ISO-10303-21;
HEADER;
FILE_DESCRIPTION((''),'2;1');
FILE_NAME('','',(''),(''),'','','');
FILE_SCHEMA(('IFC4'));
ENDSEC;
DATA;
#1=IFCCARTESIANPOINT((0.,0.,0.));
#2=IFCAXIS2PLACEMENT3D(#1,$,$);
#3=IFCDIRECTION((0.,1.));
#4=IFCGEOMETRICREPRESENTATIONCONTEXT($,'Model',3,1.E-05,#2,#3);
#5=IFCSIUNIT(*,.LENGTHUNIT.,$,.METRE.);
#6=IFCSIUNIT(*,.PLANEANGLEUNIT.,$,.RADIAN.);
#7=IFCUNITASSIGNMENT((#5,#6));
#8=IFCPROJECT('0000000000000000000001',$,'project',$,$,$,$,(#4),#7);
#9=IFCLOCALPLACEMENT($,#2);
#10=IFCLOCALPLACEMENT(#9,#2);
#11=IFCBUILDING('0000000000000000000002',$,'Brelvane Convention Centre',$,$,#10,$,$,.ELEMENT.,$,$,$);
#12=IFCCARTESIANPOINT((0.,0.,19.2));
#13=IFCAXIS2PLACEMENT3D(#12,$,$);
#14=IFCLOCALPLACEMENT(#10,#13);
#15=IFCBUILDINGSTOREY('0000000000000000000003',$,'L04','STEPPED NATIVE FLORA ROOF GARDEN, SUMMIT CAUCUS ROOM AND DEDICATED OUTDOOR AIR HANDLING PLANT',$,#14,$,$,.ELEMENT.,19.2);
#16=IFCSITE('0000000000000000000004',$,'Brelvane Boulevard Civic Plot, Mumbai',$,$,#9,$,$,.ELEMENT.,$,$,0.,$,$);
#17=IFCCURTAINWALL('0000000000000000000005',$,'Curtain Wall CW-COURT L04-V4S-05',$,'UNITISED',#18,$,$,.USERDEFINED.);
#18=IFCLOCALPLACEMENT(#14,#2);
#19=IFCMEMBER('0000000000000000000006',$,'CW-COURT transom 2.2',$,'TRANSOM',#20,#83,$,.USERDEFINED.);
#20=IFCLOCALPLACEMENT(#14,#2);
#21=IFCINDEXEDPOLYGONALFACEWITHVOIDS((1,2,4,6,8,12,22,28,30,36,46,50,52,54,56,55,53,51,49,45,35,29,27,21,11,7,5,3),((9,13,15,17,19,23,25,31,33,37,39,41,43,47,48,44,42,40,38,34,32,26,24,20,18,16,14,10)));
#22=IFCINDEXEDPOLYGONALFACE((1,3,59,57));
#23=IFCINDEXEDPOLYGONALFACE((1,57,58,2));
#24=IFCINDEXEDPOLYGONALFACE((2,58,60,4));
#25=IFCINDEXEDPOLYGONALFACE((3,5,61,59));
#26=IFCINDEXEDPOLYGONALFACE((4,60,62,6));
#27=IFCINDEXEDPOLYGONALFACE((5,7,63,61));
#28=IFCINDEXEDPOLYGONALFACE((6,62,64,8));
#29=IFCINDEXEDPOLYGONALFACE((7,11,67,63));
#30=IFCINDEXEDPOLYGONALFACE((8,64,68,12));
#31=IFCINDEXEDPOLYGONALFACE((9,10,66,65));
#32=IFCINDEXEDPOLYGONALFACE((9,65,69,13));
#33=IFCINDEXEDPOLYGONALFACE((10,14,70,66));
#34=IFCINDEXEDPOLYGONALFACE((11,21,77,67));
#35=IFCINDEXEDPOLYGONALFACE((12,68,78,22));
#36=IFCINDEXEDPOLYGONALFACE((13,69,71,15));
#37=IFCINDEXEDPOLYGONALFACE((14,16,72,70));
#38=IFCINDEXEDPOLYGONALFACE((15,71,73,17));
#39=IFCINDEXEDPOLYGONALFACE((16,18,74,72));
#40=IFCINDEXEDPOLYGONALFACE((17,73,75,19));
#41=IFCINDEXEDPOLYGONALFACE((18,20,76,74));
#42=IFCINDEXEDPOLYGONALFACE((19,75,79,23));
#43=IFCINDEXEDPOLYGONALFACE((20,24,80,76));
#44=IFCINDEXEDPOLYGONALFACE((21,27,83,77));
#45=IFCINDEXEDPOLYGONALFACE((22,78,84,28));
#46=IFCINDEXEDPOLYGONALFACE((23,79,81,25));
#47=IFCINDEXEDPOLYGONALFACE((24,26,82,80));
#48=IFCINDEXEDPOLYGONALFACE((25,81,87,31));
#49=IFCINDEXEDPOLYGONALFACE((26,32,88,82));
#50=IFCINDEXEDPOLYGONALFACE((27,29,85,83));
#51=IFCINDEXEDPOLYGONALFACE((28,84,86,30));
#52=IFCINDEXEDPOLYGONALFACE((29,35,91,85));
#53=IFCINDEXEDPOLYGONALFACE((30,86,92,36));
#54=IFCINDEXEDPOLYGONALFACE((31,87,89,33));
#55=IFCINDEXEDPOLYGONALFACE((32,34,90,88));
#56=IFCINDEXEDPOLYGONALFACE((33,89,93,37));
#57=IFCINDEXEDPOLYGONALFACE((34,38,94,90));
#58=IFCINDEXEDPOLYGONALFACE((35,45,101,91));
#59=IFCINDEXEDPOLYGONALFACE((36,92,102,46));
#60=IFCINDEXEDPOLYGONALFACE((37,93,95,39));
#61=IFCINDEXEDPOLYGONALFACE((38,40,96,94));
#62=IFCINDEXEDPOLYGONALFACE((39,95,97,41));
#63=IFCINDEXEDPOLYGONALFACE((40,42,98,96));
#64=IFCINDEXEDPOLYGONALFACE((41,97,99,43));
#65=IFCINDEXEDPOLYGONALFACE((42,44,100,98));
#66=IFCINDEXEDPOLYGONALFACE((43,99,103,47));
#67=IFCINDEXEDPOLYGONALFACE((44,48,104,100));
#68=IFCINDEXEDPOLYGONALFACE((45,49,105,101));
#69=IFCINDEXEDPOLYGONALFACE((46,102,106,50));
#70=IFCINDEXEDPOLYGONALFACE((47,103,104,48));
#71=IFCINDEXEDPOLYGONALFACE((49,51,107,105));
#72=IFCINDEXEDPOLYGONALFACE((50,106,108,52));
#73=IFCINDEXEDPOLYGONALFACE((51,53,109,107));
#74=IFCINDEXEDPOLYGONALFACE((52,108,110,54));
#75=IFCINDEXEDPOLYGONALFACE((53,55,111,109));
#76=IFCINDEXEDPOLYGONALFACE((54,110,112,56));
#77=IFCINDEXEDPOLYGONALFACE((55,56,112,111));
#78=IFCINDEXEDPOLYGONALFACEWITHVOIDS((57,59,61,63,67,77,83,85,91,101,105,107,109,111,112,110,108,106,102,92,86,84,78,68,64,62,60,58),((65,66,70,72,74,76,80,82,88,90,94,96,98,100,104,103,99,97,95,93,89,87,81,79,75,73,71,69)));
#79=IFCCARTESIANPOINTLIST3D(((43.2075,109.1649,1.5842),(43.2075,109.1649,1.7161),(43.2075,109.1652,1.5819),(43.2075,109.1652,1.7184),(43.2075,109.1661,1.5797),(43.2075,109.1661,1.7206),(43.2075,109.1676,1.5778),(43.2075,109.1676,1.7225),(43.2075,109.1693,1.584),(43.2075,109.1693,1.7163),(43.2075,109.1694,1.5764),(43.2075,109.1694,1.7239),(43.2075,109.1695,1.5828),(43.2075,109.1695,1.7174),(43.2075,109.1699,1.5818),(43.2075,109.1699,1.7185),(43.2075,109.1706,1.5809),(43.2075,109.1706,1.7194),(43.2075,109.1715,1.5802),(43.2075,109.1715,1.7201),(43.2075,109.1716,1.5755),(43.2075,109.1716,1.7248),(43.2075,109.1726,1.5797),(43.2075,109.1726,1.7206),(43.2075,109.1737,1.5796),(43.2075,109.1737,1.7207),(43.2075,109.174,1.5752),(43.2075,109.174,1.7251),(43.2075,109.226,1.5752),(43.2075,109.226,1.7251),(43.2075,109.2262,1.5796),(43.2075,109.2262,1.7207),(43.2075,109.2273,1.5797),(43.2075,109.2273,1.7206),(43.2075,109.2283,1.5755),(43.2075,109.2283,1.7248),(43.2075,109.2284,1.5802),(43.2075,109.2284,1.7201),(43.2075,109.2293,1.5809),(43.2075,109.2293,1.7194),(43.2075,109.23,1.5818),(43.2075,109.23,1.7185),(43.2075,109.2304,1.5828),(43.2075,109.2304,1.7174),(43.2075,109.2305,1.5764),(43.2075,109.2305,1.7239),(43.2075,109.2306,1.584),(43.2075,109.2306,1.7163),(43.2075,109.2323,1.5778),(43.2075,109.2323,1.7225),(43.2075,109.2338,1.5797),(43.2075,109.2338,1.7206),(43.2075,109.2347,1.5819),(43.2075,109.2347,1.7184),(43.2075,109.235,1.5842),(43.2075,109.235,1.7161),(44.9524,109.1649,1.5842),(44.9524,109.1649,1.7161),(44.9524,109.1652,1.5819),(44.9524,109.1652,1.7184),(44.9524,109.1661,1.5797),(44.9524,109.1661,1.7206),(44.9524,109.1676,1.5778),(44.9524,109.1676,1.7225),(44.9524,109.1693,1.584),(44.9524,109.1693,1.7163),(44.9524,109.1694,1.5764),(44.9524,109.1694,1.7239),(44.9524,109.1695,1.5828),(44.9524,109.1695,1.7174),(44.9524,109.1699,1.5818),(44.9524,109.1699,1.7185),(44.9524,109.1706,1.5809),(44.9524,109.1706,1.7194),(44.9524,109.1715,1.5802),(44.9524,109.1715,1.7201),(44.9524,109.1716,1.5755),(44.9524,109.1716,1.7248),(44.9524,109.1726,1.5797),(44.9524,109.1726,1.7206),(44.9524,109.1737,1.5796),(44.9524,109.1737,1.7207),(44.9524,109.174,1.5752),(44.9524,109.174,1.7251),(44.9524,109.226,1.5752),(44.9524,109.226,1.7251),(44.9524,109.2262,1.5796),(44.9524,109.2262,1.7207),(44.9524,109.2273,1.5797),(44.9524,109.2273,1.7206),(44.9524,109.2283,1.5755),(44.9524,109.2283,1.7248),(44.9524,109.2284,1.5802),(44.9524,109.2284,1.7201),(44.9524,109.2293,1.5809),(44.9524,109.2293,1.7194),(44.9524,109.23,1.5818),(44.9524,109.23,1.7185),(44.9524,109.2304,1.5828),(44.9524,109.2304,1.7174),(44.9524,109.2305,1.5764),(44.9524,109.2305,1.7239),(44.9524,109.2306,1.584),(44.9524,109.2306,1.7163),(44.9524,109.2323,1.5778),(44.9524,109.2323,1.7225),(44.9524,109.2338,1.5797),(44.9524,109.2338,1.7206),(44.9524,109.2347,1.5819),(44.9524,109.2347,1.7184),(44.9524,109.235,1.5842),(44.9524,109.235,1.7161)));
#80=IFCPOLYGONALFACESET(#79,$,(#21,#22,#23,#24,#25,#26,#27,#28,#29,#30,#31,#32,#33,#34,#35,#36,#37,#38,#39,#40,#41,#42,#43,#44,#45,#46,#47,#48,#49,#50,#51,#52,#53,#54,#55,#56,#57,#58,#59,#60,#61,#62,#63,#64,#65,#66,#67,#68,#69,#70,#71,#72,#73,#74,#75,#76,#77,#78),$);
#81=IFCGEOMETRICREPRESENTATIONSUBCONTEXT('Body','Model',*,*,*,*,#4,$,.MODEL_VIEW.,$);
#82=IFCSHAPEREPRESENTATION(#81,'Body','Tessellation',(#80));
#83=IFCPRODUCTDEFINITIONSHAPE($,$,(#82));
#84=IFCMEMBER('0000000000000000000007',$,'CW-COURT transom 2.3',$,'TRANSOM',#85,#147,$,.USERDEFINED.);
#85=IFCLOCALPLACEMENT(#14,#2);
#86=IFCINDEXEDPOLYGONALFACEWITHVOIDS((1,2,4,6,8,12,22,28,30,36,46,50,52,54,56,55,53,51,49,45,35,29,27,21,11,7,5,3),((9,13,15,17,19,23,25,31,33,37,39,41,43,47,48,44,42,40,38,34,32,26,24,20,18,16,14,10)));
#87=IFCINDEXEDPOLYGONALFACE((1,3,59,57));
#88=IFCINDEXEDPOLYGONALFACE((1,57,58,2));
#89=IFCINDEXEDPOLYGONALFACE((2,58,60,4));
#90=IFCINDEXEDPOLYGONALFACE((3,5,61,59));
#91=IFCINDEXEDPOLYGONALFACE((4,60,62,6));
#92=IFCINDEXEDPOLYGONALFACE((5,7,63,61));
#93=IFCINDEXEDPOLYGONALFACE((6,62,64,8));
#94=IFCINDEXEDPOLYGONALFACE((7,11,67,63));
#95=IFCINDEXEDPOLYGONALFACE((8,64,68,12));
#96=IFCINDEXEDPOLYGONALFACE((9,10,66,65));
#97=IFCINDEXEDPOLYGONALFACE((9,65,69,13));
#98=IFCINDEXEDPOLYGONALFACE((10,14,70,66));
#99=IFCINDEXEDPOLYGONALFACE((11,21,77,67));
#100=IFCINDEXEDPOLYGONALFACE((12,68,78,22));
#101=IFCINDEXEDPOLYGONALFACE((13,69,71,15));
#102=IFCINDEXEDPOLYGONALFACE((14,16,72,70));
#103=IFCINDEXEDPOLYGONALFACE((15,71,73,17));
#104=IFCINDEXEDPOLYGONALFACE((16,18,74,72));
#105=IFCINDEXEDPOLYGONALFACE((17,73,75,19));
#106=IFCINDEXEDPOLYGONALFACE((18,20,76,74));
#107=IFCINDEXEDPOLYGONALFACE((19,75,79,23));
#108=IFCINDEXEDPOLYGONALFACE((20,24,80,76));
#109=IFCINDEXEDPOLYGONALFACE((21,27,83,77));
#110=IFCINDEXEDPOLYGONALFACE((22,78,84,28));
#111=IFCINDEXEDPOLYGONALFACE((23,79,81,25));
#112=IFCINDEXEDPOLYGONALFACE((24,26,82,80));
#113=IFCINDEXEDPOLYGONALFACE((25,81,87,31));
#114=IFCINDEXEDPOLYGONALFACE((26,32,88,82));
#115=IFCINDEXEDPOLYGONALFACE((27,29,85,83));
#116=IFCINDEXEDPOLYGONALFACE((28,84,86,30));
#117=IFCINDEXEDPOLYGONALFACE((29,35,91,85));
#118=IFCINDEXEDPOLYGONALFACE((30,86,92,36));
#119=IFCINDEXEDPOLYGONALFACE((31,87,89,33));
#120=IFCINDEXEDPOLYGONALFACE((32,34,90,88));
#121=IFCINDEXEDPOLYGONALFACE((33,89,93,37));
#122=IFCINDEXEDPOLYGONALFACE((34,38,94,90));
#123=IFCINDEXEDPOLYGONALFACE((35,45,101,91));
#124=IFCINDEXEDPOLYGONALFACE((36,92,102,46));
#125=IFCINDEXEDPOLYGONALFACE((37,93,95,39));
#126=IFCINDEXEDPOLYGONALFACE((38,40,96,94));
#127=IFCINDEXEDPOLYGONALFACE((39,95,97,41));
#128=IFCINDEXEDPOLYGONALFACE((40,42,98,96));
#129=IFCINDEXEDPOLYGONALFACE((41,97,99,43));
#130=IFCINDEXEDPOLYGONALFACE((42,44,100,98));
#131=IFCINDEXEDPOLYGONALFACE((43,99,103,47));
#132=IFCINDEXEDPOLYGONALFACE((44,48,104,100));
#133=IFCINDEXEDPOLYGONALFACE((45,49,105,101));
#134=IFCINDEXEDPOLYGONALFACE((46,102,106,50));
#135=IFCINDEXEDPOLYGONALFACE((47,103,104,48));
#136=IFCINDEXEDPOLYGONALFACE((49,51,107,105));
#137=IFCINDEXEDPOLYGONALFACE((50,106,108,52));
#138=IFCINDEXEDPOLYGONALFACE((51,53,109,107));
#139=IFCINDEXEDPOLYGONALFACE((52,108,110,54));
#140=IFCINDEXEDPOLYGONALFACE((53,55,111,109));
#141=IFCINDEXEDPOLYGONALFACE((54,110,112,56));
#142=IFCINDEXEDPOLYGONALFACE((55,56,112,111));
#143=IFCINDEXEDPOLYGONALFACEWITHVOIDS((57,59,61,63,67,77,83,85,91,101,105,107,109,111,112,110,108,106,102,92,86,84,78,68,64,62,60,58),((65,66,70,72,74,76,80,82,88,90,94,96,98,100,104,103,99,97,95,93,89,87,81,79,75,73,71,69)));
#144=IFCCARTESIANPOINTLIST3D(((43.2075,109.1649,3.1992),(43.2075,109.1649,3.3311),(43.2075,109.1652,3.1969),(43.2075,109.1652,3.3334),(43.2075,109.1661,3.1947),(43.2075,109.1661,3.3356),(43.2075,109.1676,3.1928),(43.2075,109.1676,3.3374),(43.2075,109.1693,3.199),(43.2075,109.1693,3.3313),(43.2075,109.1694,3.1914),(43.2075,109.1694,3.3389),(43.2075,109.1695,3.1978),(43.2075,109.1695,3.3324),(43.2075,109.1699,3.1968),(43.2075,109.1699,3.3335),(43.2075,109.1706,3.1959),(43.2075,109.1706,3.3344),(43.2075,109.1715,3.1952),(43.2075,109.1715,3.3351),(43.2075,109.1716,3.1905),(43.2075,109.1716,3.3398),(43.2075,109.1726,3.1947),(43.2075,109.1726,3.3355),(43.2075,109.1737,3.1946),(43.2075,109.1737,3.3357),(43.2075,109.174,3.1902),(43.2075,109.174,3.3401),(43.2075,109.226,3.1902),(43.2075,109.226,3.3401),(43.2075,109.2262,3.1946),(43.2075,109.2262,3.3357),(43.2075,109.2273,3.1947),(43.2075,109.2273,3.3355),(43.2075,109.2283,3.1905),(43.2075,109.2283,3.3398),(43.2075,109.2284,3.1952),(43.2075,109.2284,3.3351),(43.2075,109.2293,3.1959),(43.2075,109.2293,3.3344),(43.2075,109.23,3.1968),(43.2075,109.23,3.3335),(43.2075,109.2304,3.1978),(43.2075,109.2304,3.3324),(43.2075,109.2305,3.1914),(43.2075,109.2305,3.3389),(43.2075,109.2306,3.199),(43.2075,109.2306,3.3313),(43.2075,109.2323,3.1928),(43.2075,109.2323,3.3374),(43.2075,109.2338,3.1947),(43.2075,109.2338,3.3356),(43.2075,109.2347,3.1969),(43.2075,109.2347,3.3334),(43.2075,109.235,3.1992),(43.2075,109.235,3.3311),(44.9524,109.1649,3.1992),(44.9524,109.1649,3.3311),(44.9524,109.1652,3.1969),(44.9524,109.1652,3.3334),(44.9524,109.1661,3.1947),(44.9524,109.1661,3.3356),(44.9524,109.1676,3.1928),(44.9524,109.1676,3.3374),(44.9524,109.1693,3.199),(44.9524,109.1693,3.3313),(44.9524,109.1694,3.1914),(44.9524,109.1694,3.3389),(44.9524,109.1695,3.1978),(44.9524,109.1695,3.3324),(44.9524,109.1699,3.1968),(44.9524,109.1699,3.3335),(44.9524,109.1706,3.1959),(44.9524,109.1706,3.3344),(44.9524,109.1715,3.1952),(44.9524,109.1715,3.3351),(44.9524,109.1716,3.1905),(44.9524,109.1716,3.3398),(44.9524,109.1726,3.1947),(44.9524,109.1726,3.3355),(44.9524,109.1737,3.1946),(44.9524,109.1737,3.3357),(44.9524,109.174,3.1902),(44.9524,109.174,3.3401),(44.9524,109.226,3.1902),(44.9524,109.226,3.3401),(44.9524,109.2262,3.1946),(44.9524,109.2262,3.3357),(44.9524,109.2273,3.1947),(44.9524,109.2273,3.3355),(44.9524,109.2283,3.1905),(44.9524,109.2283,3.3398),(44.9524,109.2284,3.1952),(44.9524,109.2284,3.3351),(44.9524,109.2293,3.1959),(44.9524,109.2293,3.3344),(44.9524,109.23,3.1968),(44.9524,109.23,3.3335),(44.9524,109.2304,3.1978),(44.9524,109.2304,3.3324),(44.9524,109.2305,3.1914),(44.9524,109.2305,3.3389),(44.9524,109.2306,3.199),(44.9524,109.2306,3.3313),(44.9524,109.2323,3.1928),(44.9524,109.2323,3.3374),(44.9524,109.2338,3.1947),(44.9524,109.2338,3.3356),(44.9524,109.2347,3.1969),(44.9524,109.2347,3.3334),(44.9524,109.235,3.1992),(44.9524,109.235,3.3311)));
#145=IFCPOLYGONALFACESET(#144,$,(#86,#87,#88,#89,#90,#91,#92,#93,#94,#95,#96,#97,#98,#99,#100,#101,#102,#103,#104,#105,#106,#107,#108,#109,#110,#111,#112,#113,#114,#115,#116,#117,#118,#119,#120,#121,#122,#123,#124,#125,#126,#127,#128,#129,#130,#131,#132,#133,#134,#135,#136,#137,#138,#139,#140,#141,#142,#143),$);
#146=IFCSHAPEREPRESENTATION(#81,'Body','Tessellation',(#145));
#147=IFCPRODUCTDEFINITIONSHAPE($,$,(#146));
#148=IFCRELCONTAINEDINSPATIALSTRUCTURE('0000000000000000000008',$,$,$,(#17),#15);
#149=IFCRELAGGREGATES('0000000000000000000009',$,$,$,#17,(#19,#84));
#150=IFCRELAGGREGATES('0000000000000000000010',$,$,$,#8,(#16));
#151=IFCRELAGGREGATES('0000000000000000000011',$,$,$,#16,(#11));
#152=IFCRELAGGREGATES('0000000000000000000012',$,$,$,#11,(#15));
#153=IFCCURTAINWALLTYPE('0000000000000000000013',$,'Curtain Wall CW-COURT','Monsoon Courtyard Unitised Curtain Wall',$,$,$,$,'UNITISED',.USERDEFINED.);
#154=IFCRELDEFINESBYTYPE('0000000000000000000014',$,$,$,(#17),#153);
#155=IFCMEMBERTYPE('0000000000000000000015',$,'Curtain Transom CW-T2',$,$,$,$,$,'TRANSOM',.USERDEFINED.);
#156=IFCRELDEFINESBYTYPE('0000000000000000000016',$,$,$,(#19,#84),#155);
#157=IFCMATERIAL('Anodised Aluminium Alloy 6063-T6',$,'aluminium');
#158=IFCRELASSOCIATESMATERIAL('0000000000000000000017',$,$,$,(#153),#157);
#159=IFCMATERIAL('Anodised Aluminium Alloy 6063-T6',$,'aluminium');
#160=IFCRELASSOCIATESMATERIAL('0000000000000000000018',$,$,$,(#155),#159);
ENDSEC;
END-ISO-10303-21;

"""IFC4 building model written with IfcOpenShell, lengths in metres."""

from ifc_helpers import new_model, si_unit, direction, frame, origin, origin_2d, place, context, subcontext, project, spatial, hollow_rectangle, extrude, material, material_profile, profile_set, type_object, element, aggregate, save


model = new_model("IFC4")

# Units and contexts
model_context = context("Model", 3, precision=1e-05, world=origin(), true_north=direction((0.0, 1.0)))
body_context = subcontext(model_context, "Body", "Model", "MODEL_VIEW")
ifc_project = project(units=[si_unit("LENGTHUNIT", "METRE"), si_unit("PLANEANGLEUNIT", "RADIAN")], contexts=[model_context])

# Site, building, storey
site_placement = place(None, origin())
site = spatial("IfcSite", under=ifc_project, at=site_placement, Name="Brelvane Boulevard Civic Plot, Mumbai", CompositionType="ELEMENT", RefElevation=0.0)
building_placement = place(site_placement, origin())
building = spatial("IfcBuilding", under=site, at=building_placement, Name="Brelvane Convention Centre", CompositionType="ELEMENT")
storey_placement = place(building_placement, frame((0.0, 0.0, 19.2)))
storey = spatial("IfcBuildingStorey", under=building, at=storey_placement, Name="L04", Description="STEPPED NATIVE FLORA ROOF GARDEN, SUMMIT CAUCUS ROOM AND DEDICATED OUTDOOR AIR HANDLING PLANT", CompositionType="ELEMENT", Elevation=19.2)

# Curtain wall, members
ifc_material_1 = material(Name="Anodised Aluminium Alloy 6063-T6", Category="aluminium")
curtain_wall_type = type_object("IfcCurtainWallType", Name="Curtain Wall CW-COURT", Description="Monsoon Courtyard Unitised Curtain Wall", ElementType="UNITISED", PredefinedType="USERDEFINED", material=ifc_material_1)
curtain_wall_placement = place(storey_placement, origin())
curtain_wall = element("IfcCurtainWall", 1, at=curtain_wall_placement, inside=storey, type_object=curtain_wall_type, Name="Curtain Wall CW-COURT L04-V4S-05", ObjectType="UNITISED", PredefinedType="USERDEFINED")
ifc_material_2 = material(Name="Anodised Aluminium Alloy 6063-T6", Category="aluminium")
ifc_material_profile_1 = material_profile(ifc_material_2, hollow_rectangle(XDim=0.0701, YDim=0.1499, WallThickness=0.0044, InnerFilletRadius=0.0044, OuterFilletRadius=0.009, at=origin_2d()), Name="ALU-T 150x70x4.5")
ifc_profile_set_1 = profile_set([ifc_material_profile_1], Name="Anodised Aluminium Alloy 6063-T6")
member_type_1 = type_object("IfcMemberType", Name="Curtain Transom CW-T2", ElementType="TRANSOM", PredefinedType="USERDEFINED", material=ifc_profile_set_1)
member_1_placement = place(storey_placement, frame((43.2075, 109.2, 1.6501), z_axis=(1.0, 0.0, 0.0), x_axis=(0.0, 1.0, 0.0)))
member_1 = element("IfcMember", 2, at=member_1_placement, type_object=member_type_1, Name="CW-COURT transom 2.2", ObjectType="TRANSOM", PredefinedType="USERDEFINED", context=body_context, shape_type="SweptSolid", body=[
    extrude(hollow_rectangle(XDim=0.0701, YDim=0.1499, WallThickness=0.0044, InnerFilletRadius=0.0044, OuterFilletRadius=0.009, at=origin_2d()), origin(), (0.0, 0.0, 1.0), 1.7449),
])
member_2_placement = place(storey_placement, frame((43.2075, 109.2, 3.2651), z_axis=(1.0, 0.0, 0.0), x_axis=(0.0, 1.0, 0.0)))
member_2 = element("IfcMember", 3, at=member_2_placement, type_object=member_type_1, Name="CW-COURT transom 2.3", ObjectType="TRANSOM", PredefinedType="USERDEFINED", context=body_context, shape_type="SweptSolid", body=[
    extrude(hollow_rectangle(XDim=0.0701, YDim=0.1499, WallThickness=0.0044, InnerFilletRadius=0.0044, OuterFilletRadius=0.009, at=origin_2d()), origin(), (0.0, 0.0, 1.0), 1.7449),
])

aggregate(curtain_wall, [member_1, member_2])

save(model, "model.ifc")
